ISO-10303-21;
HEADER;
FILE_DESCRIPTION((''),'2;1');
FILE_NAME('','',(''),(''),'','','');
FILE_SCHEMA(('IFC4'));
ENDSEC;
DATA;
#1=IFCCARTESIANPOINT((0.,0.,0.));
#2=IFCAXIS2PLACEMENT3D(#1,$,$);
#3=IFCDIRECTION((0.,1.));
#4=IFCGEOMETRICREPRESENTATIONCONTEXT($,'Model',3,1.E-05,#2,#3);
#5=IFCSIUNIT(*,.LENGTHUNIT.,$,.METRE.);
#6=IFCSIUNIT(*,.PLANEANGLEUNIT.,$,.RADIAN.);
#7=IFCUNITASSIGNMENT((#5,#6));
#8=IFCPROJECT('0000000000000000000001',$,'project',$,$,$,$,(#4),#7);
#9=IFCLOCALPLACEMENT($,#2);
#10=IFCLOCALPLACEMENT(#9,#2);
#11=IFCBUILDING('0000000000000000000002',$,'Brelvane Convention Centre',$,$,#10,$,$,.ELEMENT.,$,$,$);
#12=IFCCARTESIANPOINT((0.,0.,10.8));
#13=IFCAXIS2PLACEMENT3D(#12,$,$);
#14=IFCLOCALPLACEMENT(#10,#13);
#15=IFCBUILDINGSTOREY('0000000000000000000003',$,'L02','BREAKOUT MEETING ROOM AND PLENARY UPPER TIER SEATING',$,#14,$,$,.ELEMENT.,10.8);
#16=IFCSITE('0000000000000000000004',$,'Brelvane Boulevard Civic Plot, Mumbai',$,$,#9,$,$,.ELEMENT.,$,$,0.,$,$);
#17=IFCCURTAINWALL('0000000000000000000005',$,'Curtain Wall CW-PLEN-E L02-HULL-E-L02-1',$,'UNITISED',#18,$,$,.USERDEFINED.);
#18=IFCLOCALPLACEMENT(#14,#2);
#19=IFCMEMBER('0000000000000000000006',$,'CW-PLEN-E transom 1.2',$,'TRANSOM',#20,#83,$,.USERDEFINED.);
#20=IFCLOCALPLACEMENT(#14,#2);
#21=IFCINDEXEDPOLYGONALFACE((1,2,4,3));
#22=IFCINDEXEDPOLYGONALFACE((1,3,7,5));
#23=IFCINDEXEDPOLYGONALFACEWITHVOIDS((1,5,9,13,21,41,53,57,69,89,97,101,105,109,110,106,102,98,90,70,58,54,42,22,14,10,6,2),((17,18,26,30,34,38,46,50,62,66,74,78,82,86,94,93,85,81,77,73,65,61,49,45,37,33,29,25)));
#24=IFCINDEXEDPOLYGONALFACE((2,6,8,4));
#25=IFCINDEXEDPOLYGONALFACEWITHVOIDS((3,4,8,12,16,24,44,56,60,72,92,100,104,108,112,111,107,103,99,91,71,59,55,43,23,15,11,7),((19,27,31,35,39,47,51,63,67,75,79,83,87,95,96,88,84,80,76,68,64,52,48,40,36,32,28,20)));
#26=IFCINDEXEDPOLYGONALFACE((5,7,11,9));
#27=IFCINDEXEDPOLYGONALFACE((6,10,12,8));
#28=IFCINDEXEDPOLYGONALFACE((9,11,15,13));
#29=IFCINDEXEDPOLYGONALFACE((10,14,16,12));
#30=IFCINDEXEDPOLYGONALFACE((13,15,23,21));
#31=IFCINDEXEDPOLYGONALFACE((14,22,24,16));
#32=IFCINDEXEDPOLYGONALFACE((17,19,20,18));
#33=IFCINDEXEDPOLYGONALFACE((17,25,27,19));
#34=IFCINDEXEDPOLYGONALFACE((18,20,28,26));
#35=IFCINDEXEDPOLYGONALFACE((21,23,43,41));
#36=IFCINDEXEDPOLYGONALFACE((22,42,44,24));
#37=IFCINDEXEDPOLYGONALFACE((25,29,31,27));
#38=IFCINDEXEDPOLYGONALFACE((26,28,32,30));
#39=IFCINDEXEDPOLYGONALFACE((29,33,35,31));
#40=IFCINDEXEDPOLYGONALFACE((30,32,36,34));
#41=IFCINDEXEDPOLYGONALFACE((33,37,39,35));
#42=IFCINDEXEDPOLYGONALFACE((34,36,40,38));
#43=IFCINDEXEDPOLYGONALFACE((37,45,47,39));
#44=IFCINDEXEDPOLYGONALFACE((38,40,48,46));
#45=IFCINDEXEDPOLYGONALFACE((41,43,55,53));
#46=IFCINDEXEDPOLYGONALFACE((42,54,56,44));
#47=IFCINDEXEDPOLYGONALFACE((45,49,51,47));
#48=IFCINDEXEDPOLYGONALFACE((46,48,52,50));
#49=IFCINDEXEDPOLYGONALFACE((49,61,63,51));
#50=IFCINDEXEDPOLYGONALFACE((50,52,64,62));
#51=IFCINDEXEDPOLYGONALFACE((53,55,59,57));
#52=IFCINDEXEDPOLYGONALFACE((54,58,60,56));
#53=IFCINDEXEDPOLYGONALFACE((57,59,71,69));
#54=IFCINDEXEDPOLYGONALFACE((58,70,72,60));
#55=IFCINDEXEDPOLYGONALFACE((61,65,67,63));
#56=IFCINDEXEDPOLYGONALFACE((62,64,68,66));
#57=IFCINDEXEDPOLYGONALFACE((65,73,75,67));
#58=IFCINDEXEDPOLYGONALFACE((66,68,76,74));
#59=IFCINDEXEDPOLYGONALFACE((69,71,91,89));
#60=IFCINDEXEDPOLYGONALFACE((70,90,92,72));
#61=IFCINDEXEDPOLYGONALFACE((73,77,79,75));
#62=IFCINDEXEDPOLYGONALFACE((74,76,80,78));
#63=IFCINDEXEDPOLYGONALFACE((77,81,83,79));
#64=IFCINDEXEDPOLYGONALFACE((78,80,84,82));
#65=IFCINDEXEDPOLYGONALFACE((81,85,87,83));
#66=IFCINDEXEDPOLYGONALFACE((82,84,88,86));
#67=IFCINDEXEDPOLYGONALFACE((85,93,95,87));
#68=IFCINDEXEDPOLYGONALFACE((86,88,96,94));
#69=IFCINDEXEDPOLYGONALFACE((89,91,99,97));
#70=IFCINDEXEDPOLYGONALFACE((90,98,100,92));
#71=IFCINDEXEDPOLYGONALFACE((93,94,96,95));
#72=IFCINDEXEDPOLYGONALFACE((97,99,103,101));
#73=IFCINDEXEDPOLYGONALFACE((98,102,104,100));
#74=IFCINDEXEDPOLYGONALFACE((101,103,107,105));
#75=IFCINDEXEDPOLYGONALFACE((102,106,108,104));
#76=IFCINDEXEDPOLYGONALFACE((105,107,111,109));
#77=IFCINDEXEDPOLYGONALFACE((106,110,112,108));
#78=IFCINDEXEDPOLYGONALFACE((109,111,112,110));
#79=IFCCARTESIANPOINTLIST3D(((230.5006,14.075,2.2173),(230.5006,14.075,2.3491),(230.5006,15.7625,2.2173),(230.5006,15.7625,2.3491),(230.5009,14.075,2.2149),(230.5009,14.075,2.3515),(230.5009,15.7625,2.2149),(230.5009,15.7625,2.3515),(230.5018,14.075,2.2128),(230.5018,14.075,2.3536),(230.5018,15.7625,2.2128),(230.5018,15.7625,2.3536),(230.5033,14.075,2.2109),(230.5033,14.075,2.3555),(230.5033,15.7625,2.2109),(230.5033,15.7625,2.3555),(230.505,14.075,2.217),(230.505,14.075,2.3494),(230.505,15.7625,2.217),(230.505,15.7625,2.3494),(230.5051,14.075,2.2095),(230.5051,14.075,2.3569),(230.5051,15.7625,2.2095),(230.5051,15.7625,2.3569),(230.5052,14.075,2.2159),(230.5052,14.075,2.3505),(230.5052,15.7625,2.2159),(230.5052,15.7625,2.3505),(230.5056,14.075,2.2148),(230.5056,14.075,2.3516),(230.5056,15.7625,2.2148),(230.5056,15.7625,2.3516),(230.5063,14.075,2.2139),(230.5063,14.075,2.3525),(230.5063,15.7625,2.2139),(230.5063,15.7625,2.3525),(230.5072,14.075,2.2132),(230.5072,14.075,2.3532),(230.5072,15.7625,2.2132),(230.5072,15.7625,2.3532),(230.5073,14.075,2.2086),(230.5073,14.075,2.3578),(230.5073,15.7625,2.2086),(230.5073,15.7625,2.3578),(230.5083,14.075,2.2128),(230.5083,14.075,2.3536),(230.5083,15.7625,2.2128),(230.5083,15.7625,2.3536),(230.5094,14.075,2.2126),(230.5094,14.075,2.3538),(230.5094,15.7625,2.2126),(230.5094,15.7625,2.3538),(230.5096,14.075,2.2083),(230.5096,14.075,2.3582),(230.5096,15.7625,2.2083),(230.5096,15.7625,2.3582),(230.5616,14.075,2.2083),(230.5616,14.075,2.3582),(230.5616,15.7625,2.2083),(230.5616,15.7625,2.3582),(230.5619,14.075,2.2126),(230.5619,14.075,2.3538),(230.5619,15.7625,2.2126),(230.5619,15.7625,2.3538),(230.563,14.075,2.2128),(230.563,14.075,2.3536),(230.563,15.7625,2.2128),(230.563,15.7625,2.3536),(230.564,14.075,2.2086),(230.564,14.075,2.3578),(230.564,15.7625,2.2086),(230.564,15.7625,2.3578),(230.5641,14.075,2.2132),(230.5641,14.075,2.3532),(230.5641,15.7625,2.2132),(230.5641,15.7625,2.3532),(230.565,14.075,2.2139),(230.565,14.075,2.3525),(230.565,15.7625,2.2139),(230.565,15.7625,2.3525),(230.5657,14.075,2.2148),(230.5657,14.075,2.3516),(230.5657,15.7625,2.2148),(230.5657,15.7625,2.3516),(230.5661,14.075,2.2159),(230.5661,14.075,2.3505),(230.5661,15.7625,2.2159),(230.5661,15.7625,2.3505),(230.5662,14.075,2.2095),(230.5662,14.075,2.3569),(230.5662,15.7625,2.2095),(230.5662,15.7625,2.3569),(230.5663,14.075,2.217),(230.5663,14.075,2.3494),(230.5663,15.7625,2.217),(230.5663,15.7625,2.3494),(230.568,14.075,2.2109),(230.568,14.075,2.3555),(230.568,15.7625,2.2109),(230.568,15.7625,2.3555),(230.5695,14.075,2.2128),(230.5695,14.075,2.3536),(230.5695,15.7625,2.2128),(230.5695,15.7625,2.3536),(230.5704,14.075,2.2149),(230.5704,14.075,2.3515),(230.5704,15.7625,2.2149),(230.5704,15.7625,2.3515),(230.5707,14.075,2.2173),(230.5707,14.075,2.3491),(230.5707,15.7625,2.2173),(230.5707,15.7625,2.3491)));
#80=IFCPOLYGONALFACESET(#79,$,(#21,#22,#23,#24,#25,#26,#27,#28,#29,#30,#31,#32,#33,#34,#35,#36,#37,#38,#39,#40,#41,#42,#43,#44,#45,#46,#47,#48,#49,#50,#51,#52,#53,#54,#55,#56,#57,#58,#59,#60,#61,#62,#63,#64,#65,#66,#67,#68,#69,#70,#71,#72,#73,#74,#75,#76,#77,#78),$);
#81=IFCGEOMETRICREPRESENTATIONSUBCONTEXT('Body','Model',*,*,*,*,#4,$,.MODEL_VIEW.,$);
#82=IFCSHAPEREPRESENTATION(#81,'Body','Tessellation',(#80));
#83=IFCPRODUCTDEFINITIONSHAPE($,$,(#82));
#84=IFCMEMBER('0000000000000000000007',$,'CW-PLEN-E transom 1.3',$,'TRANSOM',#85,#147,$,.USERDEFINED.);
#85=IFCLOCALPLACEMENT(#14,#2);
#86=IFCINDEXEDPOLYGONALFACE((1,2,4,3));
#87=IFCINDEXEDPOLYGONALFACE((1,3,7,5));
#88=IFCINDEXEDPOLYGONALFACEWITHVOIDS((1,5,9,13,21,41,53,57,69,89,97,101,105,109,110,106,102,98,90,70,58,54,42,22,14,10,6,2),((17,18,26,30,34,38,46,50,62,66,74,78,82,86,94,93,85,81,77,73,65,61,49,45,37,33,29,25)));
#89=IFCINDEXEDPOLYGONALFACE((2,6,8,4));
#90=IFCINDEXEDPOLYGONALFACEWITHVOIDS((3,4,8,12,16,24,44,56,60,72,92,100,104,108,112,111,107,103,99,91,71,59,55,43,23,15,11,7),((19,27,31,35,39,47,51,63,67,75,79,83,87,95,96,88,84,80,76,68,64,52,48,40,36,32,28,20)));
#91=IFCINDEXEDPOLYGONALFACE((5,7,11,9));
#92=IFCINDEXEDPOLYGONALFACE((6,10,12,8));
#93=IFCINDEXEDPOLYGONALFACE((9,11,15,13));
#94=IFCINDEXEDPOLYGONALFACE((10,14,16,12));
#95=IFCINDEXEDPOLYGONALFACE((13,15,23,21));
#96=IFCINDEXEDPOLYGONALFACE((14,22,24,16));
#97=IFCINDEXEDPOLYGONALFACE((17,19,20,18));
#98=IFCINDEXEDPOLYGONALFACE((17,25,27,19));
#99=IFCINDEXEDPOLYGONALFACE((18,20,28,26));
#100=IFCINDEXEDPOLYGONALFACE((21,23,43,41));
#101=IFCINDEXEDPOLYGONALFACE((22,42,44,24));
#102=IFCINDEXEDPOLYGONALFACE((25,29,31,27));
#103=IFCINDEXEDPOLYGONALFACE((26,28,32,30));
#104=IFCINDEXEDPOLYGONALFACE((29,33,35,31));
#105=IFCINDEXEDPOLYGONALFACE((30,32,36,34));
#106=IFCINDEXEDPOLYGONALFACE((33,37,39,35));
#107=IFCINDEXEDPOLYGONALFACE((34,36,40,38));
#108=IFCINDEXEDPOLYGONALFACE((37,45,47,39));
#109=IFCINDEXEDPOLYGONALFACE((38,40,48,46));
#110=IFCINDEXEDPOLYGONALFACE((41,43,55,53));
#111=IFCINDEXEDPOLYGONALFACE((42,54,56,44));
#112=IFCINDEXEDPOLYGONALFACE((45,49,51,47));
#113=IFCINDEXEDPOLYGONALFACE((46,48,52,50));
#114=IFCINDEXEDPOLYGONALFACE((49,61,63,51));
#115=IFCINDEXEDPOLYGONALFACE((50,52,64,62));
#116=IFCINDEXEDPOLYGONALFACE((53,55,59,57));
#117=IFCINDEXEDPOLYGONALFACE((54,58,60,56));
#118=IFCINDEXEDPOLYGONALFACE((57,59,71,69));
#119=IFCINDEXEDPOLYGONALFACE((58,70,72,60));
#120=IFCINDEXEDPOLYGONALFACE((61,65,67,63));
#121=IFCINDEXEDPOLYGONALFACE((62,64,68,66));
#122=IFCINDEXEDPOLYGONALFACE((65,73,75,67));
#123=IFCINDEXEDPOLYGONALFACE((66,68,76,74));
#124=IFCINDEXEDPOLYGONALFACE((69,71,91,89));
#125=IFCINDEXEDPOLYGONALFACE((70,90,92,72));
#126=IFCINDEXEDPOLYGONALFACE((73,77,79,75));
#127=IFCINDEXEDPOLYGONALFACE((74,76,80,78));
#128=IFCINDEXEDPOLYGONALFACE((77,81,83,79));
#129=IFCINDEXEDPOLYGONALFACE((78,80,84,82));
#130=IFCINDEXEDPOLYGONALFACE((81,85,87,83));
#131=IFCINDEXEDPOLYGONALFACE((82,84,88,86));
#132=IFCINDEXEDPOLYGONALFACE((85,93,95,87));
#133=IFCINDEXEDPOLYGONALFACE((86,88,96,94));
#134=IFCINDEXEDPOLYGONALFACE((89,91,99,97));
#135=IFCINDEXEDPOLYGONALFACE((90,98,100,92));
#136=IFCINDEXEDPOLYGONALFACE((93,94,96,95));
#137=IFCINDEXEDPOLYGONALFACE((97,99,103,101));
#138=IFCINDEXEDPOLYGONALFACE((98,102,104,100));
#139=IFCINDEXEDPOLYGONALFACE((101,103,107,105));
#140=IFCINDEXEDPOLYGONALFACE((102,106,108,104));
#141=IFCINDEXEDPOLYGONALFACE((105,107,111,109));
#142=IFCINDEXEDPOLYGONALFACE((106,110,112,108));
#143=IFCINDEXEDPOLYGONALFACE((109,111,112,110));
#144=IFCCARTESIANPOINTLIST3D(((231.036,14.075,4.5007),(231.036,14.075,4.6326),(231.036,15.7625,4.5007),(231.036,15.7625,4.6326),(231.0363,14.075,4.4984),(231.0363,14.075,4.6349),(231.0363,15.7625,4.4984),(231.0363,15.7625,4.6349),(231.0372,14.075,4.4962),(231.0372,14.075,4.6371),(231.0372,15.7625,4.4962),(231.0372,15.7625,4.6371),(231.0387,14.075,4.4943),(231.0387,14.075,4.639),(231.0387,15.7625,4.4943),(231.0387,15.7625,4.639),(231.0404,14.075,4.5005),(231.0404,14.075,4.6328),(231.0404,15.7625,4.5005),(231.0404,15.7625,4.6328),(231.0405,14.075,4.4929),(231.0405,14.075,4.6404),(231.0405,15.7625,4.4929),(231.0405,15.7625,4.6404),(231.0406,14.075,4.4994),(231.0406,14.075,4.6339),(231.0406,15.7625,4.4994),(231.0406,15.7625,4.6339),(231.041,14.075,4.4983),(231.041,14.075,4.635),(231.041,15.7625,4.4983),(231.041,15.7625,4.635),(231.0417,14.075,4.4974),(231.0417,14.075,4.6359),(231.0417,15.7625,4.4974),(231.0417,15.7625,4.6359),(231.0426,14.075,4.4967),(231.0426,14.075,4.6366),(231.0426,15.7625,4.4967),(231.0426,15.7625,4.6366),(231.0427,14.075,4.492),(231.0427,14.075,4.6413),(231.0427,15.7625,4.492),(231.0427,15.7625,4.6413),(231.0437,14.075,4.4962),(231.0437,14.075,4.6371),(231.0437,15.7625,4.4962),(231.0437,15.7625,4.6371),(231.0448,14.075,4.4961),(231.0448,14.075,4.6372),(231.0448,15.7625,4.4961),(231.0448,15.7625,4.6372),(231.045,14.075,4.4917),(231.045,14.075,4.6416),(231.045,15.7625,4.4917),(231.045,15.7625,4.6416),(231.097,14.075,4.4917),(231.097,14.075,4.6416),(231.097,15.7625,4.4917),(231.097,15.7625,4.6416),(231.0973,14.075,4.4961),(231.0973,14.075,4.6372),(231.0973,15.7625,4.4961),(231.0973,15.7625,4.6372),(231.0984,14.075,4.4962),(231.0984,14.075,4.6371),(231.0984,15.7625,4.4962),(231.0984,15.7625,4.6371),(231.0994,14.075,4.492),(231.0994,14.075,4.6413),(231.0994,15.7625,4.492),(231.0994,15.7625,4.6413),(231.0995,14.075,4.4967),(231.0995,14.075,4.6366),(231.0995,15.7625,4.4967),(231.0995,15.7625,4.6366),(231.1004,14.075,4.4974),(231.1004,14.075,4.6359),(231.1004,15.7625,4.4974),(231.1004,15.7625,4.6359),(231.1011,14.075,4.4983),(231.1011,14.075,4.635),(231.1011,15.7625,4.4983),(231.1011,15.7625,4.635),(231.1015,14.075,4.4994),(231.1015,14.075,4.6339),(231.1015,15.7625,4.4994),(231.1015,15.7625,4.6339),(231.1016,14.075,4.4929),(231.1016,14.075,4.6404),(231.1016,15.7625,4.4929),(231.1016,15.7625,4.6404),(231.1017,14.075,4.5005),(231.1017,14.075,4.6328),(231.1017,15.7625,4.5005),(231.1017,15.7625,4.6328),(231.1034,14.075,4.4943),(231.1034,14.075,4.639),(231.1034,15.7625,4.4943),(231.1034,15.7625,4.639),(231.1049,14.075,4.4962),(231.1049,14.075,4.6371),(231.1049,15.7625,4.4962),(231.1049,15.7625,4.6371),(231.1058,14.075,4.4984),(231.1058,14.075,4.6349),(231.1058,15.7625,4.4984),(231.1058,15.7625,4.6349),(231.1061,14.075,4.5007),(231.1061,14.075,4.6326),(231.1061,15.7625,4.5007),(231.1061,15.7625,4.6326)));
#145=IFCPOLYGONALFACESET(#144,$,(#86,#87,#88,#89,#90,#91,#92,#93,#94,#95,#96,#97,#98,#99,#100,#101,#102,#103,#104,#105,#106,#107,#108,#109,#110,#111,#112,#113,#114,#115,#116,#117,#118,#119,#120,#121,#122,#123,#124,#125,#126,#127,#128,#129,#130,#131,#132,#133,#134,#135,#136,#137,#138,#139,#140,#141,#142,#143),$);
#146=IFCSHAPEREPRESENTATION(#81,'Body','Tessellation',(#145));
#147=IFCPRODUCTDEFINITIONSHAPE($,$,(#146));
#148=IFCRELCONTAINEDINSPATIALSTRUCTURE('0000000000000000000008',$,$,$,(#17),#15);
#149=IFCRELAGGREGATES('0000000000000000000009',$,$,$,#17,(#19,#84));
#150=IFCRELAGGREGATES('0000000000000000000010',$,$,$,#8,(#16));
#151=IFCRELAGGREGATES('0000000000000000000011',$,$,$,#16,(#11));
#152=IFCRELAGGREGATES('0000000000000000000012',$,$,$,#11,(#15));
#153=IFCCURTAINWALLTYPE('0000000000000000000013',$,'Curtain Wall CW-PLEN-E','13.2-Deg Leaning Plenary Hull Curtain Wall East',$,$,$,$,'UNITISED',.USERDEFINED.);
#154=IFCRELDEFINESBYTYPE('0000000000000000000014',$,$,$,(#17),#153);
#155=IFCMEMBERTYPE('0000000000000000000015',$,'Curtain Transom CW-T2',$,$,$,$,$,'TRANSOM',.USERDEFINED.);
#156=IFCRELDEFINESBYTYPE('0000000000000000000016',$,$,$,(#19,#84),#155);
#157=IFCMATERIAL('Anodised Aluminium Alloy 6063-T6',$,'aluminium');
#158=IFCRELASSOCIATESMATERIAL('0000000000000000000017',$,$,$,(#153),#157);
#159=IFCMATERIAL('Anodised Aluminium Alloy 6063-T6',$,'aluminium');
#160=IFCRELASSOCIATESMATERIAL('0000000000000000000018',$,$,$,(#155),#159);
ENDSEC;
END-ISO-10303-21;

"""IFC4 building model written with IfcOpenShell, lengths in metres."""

from ifc_helpers import new_model, si_unit, direction, frame, origin, origin_2d, place, context, subcontext, project, spatial, hollow_rectangle, extrude, material, material_profile, profile_set, type_object, element, aggregate, save


model = new_model("IFC4")

# Units and contexts
model_context = context("Model", 3, precision=1e-05, world=origin(), true_north=direction((0.0, 1.0)))
body_context = subcontext(model_context, "Body", "Model", "MODEL_VIEW")
ifc_project = project(units=[si_unit("LENGTHUNIT", "METRE"), si_unit("PLANEANGLEUNIT", "RADIAN")], contexts=[model_context])

# Site, building, storey
site_placement = place(None, origin())
site = spatial("IfcSite", under=ifc_project, at=site_placement, Name="Brelvane Boulevard Civic Plot, Mumbai", CompositionType="ELEMENT", RefElevation=0.0)
building_placement = place(site_placement, origin())
building = spatial("IfcBuilding", under=site, at=building_placement, Name="Brelvane Convention Centre", CompositionType="ELEMENT")
storey_placement = place(building_placement, frame((0.0, 0.0, 10.8)))
storey = spatial("IfcBuildingStorey", under=building, at=storey_placement, Name="L02", Description="BREAKOUT MEETING ROOM AND PLENARY UPPER TIER SEATING", CompositionType="ELEMENT", Elevation=10.8)

# Curtain wall, members
ifc_material_1 = material(Name="Anodised Aluminium Alloy 6063-T6", Category="aluminium")
curtain_wall_type = type_object("IfcCurtainWallType", Name="Curtain Wall CW-PLEN-E", Description="13.2-Deg Leaning Plenary Hull Curtain Wall East", ElementType="UNITISED", PredefinedType="USERDEFINED", material=ifc_material_1)
curtain_wall_placement = place(storey_placement, origin())
curtain_wall = element("IfcCurtainWall", 1, at=curtain_wall_placement, inside=storey, type_object=curtain_wall_type, Name="Curtain Wall CW-PLEN-E L02-HULL-E-L02-1", ObjectType="UNITISED", PredefinedType="USERDEFINED")
ifc_material_2 = material(Name="Anodised Aluminium Alloy 6063-T6", Category="aluminium")
ifc_material_profile_1 = material_profile(ifc_material_2, hollow_rectangle(XDim=0.0701, YDim=0.1499, WallThickness=0.0044, InnerFilletRadius=0.0044, OuterFilletRadius=0.009, at=origin_2d()), Name="ALU-T 150x70x4.5")
ifc_profile_set_1 = profile_set([ifc_material_profile_1], Name="Anodised Aluminium Alloy 6063-T6")
member_type_1 = type_object("IfcMemberType", Name="Curtain Transom CW-T2", ElementType="TRANSOM", PredefinedType="USERDEFINED", material=ifc_profile_set_1)
member_1_placement = place(storey_placement, frame((230.5356, 14.075, 2.2832), z_axis=(0.0, 1.0, 0.0), x_axis=(-1.0, 0.0, 0.0)))
member_1 = element("IfcMember", 2, at=member_1_placement, type_object=member_type_1, Name="CW-PLEN-E transom 1.2", ObjectType="TRANSOM", PredefinedType="USERDEFINED", context=body_context, shape_type="SweptSolid", body=[
    extrude(hollow_rectangle(XDim=0.0701, YDim=0.1499, WallThickness=0.0044, InnerFilletRadius=0.0044, OuterFilletRadius=0.009, at=origin_2d()), origin(), (0.0, 0.0, 1.0), 1.6875),
])
member_2_placement = place(storey_placement, frame((231.071, 14.075, 4.5667), z_axis=(0.0, 1.0, 0.0), x_axis=(-1.0, 0.0, 0.0)))
member_2 = element("IfcMember", 3, at=member_2_placement, type_object=member_type_1, Name="CW-PLEN-E transom 1.3", ObjectType="TRANSOM", PredefinedType="USERDEFINED", context=body_context, shape_type="SweptSolid", body=[
    extrude(hollow_rectangle(XDim=0.0701, YDim=0.1499, WallThickness=0.0044, InnerFilletRadius=0.0044, OuterFilletRadius=0.009, at=origin_2d()), origin(), (0.0, 0.0, 1.0), 1.6875),
])
aggregate(curtain_wall, [member_1, member_2])

save(model, "model.ifc")
